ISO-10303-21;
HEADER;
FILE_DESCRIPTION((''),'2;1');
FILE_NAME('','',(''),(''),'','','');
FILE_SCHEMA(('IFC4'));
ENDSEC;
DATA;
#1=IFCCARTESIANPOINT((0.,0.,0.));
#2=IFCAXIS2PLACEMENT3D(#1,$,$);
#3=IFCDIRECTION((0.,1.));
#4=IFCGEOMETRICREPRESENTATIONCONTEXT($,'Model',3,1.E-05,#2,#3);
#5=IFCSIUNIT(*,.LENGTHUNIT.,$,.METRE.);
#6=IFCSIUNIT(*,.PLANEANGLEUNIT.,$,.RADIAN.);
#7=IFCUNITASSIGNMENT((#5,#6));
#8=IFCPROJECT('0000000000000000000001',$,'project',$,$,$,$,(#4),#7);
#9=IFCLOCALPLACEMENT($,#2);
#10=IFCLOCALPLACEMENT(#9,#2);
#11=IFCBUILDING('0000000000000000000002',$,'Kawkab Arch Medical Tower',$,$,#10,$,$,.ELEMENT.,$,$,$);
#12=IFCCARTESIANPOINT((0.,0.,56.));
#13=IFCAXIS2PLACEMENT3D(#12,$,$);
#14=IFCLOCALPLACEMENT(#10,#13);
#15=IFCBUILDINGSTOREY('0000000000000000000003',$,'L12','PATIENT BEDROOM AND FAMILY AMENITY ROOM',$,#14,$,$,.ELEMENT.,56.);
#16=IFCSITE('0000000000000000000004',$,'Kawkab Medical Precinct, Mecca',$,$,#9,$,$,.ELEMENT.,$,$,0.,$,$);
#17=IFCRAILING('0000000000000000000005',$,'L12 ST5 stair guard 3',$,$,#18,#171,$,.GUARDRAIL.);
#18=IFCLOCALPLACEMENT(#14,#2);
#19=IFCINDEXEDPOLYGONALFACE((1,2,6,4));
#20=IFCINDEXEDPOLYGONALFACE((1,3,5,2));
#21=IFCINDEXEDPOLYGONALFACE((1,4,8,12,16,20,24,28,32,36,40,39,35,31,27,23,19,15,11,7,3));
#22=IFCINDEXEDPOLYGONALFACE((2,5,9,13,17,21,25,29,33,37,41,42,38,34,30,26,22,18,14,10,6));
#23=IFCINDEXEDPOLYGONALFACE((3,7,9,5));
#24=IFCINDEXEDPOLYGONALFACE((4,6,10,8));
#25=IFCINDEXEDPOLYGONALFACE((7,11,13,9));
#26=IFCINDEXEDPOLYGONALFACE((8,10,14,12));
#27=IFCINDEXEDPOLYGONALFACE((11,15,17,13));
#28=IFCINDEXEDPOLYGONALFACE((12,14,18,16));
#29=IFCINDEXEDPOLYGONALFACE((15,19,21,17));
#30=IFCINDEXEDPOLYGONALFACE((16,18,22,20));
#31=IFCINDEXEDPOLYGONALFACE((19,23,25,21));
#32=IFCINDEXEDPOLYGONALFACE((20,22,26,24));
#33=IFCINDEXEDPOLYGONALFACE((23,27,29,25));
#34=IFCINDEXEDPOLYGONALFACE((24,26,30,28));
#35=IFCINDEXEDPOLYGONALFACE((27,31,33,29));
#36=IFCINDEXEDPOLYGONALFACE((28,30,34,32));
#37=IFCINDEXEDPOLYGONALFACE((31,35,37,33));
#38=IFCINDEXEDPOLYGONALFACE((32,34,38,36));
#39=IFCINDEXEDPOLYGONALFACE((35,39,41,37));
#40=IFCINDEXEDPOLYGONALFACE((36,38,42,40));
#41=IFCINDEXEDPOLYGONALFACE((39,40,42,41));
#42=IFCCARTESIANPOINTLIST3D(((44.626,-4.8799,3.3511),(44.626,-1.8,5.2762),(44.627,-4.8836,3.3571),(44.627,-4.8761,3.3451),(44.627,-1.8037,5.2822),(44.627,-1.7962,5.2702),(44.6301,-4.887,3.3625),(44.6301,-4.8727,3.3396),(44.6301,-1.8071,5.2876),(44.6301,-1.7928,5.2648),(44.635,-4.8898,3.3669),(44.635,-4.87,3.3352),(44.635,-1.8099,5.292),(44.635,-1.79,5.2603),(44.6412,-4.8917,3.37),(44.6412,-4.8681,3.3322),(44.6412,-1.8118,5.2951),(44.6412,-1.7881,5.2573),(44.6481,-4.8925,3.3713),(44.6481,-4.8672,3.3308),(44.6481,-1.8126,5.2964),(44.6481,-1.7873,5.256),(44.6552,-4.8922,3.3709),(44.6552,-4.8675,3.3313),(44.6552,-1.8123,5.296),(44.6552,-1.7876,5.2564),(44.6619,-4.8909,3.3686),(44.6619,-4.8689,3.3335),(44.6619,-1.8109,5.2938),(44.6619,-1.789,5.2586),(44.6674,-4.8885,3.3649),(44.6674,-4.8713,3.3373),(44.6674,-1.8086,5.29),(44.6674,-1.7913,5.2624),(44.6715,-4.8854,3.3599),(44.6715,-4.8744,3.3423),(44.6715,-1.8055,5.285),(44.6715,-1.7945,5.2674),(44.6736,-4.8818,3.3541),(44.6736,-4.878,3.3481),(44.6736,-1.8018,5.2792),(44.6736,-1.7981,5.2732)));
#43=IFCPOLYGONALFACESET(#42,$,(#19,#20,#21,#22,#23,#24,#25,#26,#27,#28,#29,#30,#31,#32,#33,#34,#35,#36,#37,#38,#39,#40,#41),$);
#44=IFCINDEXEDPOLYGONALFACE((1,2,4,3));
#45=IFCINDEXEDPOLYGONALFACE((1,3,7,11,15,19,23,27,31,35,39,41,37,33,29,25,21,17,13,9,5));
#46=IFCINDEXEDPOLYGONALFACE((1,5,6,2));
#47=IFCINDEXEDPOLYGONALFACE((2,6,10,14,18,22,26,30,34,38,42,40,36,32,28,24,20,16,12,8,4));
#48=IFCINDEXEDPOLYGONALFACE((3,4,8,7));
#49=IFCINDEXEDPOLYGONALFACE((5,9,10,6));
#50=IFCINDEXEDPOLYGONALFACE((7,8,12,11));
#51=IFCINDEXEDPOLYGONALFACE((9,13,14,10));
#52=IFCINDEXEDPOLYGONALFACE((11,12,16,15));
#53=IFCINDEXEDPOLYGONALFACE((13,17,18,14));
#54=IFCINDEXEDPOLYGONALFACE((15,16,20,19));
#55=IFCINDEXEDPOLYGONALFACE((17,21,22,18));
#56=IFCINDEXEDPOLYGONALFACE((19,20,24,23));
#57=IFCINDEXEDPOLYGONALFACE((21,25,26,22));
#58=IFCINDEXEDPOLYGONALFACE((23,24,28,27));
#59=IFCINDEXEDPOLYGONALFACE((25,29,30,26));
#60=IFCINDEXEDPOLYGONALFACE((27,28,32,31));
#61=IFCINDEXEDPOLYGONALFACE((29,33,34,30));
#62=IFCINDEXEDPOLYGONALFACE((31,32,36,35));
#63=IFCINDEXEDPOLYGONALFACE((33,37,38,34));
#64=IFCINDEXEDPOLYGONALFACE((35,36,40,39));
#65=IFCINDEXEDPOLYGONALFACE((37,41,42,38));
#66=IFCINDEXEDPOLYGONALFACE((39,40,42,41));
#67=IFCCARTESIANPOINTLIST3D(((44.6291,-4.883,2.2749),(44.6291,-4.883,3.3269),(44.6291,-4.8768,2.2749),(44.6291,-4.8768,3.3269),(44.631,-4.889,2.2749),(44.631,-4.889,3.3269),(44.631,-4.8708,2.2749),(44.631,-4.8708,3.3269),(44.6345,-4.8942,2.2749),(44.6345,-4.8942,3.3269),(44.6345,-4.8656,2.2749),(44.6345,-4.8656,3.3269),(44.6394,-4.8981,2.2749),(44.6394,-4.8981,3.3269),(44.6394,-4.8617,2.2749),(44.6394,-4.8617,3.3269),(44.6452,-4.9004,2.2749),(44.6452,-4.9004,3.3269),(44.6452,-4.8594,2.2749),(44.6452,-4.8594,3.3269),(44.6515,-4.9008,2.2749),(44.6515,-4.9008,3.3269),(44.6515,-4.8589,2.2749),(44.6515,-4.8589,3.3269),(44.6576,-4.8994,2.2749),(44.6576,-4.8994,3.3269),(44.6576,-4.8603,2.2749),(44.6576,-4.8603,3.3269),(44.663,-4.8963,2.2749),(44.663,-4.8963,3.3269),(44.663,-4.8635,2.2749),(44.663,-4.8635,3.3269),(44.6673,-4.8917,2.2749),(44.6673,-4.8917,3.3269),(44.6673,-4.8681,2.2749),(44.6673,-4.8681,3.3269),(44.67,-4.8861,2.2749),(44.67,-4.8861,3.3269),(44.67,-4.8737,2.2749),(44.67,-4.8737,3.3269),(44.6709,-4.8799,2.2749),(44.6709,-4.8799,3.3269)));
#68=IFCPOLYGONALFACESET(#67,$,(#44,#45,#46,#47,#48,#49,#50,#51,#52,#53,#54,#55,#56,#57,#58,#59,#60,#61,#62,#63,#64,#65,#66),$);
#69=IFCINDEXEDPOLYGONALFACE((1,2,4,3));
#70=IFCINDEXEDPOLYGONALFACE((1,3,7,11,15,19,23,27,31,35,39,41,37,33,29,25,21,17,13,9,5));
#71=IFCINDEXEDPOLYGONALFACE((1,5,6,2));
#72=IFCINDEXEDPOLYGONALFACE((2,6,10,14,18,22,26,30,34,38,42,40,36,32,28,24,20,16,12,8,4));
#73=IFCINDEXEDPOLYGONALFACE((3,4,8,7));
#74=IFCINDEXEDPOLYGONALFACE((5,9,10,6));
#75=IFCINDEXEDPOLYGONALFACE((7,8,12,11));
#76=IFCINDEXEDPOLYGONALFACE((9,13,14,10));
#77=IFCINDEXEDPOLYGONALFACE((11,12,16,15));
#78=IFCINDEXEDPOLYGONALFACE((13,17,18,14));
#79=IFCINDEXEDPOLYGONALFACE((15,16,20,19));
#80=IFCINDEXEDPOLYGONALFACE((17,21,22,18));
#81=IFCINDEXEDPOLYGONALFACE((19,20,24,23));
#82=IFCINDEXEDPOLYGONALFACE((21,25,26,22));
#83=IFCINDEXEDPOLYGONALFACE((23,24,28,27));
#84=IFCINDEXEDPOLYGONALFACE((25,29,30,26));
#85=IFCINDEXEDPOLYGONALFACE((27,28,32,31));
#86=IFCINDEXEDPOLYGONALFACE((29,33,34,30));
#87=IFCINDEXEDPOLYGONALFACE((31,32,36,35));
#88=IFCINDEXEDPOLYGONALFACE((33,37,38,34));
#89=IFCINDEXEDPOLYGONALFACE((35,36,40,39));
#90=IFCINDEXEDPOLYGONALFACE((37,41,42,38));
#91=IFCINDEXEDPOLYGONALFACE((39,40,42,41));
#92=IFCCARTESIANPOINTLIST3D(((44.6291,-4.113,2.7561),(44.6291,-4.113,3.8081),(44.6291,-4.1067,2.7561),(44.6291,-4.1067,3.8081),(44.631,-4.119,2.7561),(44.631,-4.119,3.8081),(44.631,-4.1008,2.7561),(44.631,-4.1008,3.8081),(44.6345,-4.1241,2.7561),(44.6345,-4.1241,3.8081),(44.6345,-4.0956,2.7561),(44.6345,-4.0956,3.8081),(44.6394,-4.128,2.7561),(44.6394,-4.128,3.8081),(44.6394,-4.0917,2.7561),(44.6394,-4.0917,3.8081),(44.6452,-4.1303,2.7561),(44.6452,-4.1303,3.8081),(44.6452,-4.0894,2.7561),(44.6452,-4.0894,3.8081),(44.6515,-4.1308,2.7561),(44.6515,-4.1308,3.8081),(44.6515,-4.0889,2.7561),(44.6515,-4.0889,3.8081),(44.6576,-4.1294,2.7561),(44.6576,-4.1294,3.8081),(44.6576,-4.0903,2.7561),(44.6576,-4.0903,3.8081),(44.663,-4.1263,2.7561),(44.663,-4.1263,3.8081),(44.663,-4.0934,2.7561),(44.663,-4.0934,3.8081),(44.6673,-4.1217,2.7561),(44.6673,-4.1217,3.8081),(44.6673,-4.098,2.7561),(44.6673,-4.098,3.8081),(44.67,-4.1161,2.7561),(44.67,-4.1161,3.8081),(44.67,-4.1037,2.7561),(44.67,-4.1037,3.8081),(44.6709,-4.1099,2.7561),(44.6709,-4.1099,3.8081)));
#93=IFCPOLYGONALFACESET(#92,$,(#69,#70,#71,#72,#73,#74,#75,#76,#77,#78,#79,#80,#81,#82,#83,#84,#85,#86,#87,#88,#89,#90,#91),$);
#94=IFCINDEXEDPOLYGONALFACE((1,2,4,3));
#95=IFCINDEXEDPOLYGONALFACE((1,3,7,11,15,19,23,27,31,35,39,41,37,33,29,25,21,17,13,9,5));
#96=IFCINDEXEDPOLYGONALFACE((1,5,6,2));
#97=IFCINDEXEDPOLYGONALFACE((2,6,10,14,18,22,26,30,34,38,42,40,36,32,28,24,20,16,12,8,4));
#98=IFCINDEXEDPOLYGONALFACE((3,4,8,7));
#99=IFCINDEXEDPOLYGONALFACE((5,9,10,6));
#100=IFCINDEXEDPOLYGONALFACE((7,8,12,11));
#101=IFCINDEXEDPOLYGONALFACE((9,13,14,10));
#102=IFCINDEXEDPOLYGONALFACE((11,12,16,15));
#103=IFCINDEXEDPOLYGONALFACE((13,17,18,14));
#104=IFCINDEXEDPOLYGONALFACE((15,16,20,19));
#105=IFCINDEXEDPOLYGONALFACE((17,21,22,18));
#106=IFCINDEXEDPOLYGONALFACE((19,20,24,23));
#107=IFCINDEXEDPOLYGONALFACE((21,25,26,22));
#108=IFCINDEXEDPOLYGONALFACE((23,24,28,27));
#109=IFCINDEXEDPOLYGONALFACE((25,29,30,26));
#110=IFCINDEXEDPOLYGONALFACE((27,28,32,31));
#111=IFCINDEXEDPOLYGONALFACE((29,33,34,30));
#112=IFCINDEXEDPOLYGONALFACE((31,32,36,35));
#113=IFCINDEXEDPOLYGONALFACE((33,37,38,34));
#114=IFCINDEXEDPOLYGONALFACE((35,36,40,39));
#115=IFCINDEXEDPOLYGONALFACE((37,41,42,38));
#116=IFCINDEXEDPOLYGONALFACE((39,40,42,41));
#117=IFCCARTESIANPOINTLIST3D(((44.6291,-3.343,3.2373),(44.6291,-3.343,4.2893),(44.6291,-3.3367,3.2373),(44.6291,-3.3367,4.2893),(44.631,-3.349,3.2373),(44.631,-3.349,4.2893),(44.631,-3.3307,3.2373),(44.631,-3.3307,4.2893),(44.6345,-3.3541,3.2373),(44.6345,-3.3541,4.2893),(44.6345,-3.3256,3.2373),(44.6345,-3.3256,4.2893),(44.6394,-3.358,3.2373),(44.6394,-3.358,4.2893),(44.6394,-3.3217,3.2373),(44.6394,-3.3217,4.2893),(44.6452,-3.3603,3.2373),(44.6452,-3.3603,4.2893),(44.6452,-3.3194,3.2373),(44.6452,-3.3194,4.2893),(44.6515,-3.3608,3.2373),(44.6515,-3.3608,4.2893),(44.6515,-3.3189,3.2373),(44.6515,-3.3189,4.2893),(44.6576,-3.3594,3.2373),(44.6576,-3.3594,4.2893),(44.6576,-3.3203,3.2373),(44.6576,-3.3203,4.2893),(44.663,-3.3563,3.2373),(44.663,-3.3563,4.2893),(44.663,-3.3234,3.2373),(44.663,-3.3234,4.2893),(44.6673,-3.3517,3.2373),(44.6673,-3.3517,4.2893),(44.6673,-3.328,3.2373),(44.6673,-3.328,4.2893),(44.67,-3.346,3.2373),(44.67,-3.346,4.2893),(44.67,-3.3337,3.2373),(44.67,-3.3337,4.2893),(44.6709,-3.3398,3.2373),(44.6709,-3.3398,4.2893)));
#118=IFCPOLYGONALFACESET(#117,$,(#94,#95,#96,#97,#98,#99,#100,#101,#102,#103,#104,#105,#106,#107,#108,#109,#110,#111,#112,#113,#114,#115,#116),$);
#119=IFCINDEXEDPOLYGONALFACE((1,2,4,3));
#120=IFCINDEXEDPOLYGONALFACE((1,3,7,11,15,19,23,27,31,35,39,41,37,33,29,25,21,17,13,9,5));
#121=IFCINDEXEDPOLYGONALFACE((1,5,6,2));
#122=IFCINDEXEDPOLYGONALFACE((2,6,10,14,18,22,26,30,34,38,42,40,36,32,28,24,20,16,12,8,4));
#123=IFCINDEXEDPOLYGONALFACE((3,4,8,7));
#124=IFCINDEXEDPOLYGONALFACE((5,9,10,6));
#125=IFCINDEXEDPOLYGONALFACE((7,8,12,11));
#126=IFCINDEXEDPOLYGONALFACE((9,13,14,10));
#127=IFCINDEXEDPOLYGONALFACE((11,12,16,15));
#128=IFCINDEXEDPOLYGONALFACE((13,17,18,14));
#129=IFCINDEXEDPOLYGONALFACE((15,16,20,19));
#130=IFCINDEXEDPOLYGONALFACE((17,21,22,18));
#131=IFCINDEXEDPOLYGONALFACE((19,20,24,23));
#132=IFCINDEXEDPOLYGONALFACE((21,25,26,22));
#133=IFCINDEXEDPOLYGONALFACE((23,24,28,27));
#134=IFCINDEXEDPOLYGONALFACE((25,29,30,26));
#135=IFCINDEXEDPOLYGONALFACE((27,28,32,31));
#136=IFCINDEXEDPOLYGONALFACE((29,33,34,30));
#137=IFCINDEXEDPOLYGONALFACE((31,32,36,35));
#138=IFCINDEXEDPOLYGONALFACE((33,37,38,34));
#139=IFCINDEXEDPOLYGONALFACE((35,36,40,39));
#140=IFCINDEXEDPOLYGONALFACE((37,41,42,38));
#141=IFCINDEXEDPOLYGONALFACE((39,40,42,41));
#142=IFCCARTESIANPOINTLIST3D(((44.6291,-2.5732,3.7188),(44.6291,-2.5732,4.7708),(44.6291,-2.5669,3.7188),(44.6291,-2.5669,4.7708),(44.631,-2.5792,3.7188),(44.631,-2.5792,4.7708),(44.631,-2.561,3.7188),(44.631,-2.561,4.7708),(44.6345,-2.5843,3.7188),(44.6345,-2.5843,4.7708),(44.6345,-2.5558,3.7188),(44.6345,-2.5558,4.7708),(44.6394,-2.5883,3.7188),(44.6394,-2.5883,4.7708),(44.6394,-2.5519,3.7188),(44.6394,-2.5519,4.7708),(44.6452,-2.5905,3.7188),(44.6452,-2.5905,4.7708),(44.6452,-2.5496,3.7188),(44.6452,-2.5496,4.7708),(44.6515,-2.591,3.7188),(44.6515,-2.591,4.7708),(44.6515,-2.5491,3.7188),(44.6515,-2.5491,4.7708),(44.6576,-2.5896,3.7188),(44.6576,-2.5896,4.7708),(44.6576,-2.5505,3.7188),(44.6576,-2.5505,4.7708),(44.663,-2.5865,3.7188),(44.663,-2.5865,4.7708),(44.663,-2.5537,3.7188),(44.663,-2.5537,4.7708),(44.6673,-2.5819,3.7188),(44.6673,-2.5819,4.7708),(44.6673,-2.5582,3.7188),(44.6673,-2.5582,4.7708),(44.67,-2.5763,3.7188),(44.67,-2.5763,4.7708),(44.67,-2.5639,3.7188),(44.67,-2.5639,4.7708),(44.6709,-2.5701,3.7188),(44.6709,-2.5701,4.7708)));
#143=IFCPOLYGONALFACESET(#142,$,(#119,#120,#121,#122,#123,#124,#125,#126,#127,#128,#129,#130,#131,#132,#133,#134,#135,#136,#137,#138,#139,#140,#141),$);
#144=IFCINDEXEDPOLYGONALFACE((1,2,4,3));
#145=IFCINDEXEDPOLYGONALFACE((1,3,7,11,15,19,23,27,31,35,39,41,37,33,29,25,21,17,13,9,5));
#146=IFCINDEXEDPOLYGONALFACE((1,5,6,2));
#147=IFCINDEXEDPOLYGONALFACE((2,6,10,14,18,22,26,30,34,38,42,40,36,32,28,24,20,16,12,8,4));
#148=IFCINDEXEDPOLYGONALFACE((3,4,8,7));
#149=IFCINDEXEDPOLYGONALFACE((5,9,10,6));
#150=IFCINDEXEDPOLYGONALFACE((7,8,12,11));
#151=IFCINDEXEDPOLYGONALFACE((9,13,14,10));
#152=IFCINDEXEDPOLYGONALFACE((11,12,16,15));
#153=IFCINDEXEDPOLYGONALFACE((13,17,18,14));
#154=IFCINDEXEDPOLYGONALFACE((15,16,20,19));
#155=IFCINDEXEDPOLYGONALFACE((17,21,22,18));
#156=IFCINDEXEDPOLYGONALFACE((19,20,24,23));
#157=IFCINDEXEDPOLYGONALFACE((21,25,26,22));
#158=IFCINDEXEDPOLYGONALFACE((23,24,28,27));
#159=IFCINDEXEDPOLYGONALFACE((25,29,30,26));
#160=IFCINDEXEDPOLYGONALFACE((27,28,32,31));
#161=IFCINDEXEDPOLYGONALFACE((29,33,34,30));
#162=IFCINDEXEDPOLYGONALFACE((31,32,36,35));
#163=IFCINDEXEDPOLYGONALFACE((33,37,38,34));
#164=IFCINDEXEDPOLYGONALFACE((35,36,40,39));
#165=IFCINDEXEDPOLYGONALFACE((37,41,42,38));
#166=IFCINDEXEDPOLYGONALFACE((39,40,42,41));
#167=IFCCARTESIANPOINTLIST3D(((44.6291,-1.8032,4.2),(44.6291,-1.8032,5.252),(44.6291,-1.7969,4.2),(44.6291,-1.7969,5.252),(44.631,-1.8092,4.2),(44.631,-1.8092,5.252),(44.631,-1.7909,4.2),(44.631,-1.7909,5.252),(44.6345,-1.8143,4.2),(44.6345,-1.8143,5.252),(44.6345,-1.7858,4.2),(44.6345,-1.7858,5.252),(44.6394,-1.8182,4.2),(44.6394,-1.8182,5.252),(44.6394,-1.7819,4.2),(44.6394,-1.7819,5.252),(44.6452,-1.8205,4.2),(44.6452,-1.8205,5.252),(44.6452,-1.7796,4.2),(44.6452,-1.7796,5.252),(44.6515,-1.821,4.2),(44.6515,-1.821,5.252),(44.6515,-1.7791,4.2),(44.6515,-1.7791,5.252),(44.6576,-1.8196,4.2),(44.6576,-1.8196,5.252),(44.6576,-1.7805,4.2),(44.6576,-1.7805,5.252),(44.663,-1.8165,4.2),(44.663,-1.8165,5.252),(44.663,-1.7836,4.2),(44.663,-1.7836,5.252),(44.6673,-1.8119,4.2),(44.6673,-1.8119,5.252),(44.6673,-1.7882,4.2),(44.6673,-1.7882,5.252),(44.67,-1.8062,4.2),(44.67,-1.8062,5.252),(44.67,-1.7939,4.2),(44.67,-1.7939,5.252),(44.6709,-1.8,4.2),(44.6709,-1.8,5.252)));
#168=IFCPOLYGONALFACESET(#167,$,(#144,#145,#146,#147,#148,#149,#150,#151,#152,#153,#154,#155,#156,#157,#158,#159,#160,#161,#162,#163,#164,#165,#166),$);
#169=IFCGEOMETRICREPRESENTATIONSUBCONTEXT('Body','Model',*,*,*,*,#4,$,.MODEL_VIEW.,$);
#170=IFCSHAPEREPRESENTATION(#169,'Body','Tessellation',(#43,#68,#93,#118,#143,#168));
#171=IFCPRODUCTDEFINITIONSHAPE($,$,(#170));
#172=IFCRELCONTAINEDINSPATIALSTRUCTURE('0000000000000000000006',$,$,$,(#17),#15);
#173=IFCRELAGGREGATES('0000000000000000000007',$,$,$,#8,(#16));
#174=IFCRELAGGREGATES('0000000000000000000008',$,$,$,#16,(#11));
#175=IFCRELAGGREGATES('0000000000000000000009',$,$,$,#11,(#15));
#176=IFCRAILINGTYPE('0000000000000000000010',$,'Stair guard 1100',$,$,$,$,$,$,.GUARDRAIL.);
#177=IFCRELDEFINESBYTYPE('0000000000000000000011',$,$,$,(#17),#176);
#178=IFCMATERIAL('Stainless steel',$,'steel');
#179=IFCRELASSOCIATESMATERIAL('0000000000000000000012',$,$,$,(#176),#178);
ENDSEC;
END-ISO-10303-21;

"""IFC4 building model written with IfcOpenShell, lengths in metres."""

from ifc_helpers import new_model, si_unit, direction, frame, origin, origin_2d, place, context, subcontext, project, spatial, circle, extrude, material, type_object, element, save


model = new_model("IFC4")

# Units and contexts
model_context = context("Model", 3, precision=1e-05, world=origin(), true_north=direction((0.0, 1.0)))
body_context = subcontext(model_context, "Body", "Model", "MODEL_VIEW")
ifc_project = project(units=[si_unit("LENGTHUNIT", "METRE"), si_unit("PLANEANGLEUNIT", "RADIAN")], contexts=[model_context])

# Site, building, storey
site_placement = place(None, origin())
site = spatial("IfcSite", under=ifc_project, at=site_placement, Name="Kawkab Medical Precinct, Mecca", CompositionType="ELEMENT", RefElevation=0.0)
building_placement = place(site_placement, origin())
building = spatial("IfcBuilding", under=site, at=building_placement, Name="Kawkab Arch Medical Tower", CompositionType="ELEMENT")
storey_placement = place(building_placement, frame((0.0, 0.0, 56.0)))
storey = spatial("IfcBuildingStorey", under=building, at=storey_placement, Name="L12", Description="PATIENT BEDROOM AND FAMILY AMENITY ROOM", CompositionType="ELEMENT", Elevation=56.0)

# Railing
ifc_material_1 = material(Name="Stainless steel", Category="steel")
railing_type = type_object("IfcRailingType", Name="Stair guard 1100", PredefinedType="GUARDRAIL", material=ifc_material_1)
railing_1_placement = place(storey_placement, frame((44.6499, -4.8799, 2.2749)))
element("IfcRailing", 1, at=railing_1_placement, inside=storey, type_object=railing_type, Name="L12 ST5 stair guard 3", PredefinedType="GUARDRAIL", context=body_context, shape_type="SweptSolid", body=[
    extrude(circle(Radius=0.0239, at=origin_2d()), frame((0.0, 0.0, 1.0762), z_axis=(0.0, 0.847979, 0.530029), x_axis=(-1.0, 0.0, 0.0)), (0.0, 0.0, 1.0), 3.6321),
    extrude(circle(Radius=0.021, at=origin_2d()), origin(), (0.0, 0.0, 1.0), 1.052),
    extrude(circle(Radius=0.021, at=origin_2d()), frame((0.0, 0.77, 0.4812)), (0.0, 0.0, 1.0), 1.052),
    extrude(circle(Radius=0.021, at=origin_2d()), frame((0.0, 1.54, 0.9624)), (0.0, 0.0, 1.0), 1.052),
    extrude(circle(Radius=0.021, at=origin_2d()), frame((0.0, 2.3098, 1.4438)), (0.0, 0.0, 1.0), 1.052),
    extrude(circle(Radius=0.021, at=origin_2d()), frame((0.0, 3.0798, 1.925)), (0.0, 0.0, 1.0), 1.052),
])

save(model, "model.ifc")
